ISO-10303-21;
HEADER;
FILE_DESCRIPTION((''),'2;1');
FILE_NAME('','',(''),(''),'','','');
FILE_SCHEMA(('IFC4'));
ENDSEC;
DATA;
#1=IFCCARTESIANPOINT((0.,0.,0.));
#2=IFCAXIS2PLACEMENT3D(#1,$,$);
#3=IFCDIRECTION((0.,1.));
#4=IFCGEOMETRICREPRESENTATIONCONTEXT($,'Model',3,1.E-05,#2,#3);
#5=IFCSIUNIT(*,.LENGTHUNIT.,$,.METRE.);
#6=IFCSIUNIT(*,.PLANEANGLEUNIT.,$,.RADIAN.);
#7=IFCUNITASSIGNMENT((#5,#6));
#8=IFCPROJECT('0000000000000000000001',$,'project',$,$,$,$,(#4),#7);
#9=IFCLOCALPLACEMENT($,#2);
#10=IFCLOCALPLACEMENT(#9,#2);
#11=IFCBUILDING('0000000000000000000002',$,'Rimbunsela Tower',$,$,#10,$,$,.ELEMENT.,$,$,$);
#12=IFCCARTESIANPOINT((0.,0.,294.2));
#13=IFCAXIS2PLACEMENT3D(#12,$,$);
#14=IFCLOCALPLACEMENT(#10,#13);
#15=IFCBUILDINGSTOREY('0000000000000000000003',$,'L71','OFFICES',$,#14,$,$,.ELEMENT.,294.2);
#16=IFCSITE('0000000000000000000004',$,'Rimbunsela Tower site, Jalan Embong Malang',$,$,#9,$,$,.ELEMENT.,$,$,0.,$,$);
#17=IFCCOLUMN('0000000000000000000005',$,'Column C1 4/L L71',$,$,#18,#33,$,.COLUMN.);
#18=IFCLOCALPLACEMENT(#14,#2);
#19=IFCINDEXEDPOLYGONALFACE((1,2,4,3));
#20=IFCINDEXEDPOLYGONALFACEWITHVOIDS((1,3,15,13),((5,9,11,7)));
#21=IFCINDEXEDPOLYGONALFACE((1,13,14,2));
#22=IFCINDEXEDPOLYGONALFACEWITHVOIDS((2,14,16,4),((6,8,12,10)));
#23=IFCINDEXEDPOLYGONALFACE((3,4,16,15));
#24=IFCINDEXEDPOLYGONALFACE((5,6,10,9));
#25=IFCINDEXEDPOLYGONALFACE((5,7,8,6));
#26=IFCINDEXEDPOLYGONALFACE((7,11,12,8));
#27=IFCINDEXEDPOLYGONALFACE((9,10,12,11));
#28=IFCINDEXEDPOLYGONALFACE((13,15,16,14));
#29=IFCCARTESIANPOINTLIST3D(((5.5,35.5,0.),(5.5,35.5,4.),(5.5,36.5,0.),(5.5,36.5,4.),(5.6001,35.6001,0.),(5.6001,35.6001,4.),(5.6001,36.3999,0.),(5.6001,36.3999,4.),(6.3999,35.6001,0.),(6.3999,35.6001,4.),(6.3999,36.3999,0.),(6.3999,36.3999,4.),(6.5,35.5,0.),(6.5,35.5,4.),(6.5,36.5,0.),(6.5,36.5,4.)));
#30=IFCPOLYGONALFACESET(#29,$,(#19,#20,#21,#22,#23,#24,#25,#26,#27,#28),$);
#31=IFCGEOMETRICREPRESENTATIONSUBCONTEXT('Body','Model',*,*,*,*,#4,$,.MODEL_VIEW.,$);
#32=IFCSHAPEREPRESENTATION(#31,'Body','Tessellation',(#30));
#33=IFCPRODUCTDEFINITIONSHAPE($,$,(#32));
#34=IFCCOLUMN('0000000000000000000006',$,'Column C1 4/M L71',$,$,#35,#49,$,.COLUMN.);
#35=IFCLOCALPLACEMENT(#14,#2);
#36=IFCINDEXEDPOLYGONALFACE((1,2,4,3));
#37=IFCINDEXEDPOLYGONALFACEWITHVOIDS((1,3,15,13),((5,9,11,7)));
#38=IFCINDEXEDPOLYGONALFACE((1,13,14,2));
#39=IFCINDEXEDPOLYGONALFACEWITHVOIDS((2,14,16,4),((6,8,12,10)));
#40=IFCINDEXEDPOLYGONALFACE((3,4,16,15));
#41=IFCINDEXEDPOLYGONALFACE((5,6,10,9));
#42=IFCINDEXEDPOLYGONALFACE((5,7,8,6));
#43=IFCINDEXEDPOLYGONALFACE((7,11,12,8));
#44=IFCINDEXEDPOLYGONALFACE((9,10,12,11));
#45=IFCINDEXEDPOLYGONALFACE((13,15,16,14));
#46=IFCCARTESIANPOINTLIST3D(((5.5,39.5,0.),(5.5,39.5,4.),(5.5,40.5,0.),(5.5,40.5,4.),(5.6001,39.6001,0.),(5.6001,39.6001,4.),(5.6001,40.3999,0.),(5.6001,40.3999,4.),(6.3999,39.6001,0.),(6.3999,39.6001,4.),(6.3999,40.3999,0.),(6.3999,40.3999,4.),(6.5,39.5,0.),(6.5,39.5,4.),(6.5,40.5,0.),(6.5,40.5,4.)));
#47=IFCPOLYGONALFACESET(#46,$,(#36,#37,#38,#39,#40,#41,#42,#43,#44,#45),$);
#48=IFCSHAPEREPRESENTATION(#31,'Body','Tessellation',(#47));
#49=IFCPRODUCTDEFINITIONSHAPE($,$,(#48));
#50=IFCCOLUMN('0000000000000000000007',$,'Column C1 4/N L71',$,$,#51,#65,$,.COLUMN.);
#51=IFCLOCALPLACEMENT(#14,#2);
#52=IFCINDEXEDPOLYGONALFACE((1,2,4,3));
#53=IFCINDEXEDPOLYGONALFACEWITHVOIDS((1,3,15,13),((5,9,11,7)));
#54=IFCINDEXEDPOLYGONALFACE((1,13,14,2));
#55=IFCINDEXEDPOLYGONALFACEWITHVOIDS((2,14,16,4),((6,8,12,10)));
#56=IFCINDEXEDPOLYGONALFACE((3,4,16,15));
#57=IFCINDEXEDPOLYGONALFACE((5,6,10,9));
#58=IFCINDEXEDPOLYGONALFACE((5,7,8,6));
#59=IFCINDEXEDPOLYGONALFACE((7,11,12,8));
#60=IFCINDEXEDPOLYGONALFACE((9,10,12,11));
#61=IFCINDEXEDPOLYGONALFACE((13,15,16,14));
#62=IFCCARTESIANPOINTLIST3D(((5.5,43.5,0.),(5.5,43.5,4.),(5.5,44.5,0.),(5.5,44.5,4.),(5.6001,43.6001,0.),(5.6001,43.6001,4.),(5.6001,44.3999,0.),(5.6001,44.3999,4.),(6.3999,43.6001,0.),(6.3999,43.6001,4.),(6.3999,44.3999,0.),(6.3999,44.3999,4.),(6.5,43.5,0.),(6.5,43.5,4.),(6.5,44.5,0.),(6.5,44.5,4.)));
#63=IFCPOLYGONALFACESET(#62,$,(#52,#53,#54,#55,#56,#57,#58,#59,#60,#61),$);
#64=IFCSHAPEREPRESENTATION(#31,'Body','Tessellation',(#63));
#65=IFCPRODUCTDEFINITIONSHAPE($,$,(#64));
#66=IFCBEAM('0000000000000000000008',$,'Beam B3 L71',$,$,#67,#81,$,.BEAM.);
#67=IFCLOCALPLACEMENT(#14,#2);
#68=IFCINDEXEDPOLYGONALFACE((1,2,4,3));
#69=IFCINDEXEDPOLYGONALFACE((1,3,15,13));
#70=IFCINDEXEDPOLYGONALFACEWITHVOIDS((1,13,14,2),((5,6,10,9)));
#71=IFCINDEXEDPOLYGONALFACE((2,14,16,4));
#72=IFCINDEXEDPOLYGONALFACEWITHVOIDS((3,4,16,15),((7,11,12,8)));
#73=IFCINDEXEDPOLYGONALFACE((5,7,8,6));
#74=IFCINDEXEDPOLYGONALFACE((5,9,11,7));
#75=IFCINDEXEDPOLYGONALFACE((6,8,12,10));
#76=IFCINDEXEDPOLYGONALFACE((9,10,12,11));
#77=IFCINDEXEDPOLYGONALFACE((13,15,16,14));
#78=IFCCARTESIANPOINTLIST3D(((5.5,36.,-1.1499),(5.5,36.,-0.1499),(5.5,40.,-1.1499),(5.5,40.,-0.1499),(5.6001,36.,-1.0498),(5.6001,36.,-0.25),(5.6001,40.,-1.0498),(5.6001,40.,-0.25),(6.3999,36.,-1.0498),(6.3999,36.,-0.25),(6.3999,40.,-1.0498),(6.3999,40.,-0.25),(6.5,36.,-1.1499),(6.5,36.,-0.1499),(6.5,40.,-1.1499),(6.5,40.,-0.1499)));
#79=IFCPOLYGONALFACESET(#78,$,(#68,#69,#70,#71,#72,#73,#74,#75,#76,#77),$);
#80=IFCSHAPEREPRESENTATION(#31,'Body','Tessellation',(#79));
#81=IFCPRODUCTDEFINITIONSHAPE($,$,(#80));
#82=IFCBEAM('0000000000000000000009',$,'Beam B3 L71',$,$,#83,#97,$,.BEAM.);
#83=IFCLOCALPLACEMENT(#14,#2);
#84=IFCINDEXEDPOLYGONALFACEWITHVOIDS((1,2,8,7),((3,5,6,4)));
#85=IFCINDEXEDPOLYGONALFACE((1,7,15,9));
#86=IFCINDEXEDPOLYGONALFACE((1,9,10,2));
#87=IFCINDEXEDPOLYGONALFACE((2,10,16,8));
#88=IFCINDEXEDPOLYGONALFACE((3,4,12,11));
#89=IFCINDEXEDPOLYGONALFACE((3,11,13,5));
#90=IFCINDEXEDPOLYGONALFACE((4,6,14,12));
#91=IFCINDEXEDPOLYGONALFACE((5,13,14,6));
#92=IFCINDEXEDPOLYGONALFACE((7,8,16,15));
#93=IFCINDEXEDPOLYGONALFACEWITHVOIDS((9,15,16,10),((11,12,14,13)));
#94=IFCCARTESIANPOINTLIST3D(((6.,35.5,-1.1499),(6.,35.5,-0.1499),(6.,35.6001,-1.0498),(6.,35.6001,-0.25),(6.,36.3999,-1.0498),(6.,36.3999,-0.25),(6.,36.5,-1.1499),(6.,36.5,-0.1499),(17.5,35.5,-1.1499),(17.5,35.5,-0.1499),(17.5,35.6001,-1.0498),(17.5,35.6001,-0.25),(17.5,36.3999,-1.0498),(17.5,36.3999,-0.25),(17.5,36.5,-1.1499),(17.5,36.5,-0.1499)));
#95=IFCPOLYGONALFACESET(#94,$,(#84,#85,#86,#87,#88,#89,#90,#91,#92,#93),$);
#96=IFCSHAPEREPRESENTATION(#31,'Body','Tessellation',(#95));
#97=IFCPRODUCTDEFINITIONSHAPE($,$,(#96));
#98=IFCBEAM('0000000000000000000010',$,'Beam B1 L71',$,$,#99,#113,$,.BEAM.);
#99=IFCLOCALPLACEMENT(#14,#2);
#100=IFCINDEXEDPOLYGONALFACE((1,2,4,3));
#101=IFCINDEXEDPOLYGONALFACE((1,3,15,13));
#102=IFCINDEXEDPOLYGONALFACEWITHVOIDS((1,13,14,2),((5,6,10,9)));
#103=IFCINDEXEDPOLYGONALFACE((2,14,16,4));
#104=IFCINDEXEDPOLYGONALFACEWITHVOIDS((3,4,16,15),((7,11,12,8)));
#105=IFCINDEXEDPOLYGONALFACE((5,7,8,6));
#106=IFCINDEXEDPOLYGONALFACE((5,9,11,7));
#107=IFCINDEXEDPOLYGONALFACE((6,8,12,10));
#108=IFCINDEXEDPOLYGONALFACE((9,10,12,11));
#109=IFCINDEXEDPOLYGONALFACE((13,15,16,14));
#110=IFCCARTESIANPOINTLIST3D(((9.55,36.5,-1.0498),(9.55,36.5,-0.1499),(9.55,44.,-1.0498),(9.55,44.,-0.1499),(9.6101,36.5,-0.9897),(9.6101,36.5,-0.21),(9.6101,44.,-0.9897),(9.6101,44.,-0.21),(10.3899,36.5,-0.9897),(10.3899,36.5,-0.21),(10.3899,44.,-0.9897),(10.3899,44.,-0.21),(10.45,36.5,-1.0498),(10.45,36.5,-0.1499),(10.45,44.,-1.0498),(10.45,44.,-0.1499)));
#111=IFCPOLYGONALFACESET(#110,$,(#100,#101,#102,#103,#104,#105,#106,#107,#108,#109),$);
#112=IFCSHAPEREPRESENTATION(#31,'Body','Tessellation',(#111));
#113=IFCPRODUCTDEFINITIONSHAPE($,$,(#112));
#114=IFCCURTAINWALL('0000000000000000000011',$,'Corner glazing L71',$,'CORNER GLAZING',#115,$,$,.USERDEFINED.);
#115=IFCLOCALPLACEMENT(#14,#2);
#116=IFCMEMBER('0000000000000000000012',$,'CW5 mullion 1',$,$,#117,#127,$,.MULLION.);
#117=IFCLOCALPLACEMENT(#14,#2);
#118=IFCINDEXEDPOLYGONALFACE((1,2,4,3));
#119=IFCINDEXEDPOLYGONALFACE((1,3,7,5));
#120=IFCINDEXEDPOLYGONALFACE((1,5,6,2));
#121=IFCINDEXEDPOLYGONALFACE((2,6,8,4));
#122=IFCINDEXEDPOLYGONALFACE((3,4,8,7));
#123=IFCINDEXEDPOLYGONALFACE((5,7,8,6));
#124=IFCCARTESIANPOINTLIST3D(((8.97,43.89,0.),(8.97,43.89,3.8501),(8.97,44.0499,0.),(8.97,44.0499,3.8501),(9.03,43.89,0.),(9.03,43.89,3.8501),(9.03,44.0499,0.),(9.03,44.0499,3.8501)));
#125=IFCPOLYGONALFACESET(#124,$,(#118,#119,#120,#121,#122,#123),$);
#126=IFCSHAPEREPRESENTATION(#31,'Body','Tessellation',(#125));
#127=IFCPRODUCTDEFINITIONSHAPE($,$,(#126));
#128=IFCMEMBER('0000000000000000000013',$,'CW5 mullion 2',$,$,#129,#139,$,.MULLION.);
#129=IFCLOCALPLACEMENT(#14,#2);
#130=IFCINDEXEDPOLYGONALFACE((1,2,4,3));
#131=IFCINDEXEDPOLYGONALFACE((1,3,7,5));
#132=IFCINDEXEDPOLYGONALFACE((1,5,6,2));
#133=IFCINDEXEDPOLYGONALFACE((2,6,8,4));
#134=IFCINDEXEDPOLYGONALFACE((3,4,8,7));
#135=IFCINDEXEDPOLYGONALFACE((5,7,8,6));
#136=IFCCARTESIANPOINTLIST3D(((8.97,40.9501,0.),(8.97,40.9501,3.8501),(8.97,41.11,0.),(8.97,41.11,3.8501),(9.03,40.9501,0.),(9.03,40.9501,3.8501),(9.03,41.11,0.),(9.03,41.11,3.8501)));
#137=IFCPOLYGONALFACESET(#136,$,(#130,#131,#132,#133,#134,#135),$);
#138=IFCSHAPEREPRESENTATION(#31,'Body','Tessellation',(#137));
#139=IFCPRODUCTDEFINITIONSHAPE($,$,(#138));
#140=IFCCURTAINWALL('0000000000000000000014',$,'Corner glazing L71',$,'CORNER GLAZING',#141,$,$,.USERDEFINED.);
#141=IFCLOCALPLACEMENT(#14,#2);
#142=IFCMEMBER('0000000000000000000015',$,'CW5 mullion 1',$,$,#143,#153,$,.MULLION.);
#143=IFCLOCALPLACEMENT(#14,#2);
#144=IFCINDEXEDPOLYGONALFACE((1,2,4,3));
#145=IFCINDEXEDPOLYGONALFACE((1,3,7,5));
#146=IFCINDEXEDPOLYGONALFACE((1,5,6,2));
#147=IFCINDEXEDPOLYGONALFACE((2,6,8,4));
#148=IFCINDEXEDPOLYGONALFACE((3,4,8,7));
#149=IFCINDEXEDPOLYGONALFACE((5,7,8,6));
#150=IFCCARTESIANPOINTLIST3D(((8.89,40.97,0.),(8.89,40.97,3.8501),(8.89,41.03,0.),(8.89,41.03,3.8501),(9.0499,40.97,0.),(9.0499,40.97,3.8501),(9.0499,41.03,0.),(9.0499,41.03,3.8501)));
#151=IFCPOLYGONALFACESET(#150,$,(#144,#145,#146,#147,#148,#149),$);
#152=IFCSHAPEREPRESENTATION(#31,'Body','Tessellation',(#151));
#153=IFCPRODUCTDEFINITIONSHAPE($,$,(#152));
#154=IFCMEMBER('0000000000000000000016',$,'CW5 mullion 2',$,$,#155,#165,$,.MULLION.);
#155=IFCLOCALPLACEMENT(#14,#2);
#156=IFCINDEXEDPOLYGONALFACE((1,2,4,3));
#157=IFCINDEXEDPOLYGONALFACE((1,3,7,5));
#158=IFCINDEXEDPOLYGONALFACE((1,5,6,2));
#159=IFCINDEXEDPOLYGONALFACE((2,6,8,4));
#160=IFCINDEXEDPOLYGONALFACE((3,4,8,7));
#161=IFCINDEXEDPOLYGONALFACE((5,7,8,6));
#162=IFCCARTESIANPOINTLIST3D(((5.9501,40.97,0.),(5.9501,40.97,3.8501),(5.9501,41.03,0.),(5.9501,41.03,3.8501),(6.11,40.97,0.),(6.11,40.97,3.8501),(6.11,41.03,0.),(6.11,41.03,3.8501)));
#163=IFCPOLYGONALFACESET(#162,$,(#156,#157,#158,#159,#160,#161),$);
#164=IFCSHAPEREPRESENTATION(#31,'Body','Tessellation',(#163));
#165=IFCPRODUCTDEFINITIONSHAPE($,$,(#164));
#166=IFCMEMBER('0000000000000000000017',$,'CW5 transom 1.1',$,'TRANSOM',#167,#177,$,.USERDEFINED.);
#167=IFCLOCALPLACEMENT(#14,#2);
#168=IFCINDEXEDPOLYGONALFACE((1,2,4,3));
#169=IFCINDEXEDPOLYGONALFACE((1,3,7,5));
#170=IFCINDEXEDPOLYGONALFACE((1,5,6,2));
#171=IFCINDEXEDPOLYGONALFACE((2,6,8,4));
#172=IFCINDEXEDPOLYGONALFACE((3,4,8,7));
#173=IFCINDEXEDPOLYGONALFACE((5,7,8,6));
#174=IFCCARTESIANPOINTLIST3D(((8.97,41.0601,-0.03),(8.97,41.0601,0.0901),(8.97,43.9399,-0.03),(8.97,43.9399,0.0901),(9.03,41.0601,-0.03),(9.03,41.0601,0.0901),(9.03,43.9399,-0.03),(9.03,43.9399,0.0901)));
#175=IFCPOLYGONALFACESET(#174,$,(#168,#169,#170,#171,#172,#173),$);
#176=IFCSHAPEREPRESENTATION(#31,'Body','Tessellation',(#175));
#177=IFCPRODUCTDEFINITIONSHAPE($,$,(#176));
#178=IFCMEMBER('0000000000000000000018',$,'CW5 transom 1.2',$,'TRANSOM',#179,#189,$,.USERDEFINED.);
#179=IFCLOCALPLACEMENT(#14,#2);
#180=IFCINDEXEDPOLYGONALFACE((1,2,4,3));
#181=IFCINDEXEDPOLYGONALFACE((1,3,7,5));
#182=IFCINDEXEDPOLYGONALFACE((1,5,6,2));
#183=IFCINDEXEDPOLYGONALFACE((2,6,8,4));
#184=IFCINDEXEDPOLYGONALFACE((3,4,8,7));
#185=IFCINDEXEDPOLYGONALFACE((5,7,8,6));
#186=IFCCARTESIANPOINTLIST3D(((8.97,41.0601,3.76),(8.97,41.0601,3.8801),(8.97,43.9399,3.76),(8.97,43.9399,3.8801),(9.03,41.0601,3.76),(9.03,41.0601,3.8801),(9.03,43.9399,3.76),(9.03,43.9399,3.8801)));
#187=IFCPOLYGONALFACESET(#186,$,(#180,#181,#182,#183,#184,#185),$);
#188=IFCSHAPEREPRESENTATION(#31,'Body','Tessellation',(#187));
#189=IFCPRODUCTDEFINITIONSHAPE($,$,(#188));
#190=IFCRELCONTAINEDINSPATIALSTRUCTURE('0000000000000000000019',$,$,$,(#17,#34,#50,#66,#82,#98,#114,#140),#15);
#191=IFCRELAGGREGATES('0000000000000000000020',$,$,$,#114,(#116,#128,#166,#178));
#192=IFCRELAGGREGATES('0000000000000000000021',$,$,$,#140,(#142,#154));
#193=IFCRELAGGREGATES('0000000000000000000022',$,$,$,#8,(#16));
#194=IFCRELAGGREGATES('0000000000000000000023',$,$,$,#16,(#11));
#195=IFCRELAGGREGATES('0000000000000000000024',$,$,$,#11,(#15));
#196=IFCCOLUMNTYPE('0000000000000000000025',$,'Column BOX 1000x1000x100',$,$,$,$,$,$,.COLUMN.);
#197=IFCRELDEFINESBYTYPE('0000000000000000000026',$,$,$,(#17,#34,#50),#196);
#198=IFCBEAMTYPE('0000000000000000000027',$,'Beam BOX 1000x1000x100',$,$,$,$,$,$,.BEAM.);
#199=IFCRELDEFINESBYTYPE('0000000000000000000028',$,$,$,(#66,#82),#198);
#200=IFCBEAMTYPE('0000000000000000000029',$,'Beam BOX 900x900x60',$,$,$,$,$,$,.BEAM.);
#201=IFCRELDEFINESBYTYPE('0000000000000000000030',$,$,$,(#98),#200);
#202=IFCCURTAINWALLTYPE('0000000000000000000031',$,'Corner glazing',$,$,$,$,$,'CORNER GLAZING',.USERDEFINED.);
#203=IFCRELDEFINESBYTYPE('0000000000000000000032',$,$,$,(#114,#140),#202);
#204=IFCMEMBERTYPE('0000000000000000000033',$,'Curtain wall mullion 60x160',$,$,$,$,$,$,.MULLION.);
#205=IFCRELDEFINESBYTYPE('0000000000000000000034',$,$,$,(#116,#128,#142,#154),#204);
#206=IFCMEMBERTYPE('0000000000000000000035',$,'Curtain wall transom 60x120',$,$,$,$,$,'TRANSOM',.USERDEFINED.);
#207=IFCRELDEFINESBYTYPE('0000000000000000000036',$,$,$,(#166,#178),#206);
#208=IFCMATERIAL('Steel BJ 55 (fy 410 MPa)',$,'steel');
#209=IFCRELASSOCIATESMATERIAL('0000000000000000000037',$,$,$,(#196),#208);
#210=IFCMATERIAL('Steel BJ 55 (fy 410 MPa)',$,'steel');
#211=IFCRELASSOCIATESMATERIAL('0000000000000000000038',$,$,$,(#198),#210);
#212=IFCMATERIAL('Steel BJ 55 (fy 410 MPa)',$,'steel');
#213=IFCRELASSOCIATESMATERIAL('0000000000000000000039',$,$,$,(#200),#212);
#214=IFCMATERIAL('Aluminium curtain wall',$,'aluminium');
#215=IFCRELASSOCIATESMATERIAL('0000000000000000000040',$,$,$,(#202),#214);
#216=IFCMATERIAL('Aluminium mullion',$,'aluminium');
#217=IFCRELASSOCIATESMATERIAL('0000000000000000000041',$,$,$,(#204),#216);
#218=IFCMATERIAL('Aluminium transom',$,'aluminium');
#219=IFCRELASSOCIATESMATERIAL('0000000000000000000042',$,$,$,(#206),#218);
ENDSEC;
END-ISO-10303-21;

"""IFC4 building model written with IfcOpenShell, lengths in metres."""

from ifc_helpers import new_model, si_unit, direction, frame, origin, origin_2d, place, context, subcontext, project, spatial, rectangle, hollow_rectangle, extrude, material, material_profile, profile_set, type_object, element, aggregate, save


model = new_model("IFC4")

# Units and contexts
model_context = context("Model", 3, precision=1e-05, world=origin(), true_north=direction((0.0, 1.0)))
body_context = subcontext(model_context, "Body", "Model", "MODEL_VIEW")
ifc_project = project(units=[si_unit("LENGTHUNIT", "METRE"), si_unit("PLANEANGLEUNIT", "RADIAN")], contexts=[model_context])

# Site, building, storey
site_placement = place(None, origin())
site = spatial("IfcSite", under=ifc_project, at=site_placement, Name="Rimbunsela Tower site, Jalan Embong Malang", CompositionType="ELEMENT", RefElevation=0.0)
building_placement = place(site_placement, origin())
building = spatial("IfcBuilding", under=site, at=building_placement, Name="Rimbunsela Tower", CompositionType="ELEMENT")
storey_placement = place(building_placement, frame((0.0, 0.0, 294.2)))
storey = spatial("IfcBuildingStorey", under=building, at=storey_placement, Name="L71", Description="OFFICES", CompositionType="ELEMENT", Elevation=294.2)

# Columns
ifc_material_1 = material(Name="Steel BJ 55 (fy 410 MPa)", Category="steel")
ifc_material_profile_1 = material_profile(ifc_material_1, hollow_rectangle(XDim=1.0, YDim=1.0, WallThickness=0.1001, at=origin_2d()), Name="BOX 1000x1000x100")
ifc_profile_set_1 = profile_set([ifc_material_profile_1], Name="Steel BJ 55 (fy 410 MPa)")
column_type = type_object("IfcColumnType", Name="Column BOX 1000x1000x100", PredefinedType="COLUMN", material=ifc_profile_set_1)
for number, where, z_axis, x_axis, name in (
    (1, (6.0, 36.0, 0.0), (0.0, 0.0, 1.0), (1.0, 0.0, 0.0), "Column C1 4/L L71"),
    (2, (6.0, 40.0, 0.0), (0.0, 0.0, 1.0), (1.0, 0.0, 0.0), "Column C1 4/M L71"),
    (3, (6.0, 44.0, 0.0), (0.0, 0.0, 1.0), (1.0, 0.0, 0.0), "Column C1 4/N L71"),
):
    element("IfcColumn", number, at=place(storey_placement, frame(where, z_axis=z_axis, x_axis=x_axis)), inside=storey, type_object=column_type, Name=name, PredefinedType="COLUMN", context=body_context, shape_type="SweptSolid", body=[
        extrude(hollow_rectangle(XDim=1.0, YDim=1.0, WallThickness=0.1001, at=origin_2d()), origin(), (0.0, 0.0, 1.0), 4.0),
    ])

# Beams
ifc_material_2 = material(Name="Steel BJ 55 (fy 410 MPa)", Category="steel")
ifc_material_profile_2 = material_profile(ifc_material_2, hollow_rectangle(XDim=1.0, YDim=1.0, WallThickness=0.1001, at=origin_2d()), Name="BOX 1000x1000x100")
ifc_profile_set_2 = profile_set([ifc_material_profile_2], Name="Steel BJ 55 (fy 410 MPa)")
beam_type_1 = type_object("IfcBeamType", Name="Beam BOX 1000x1000x100", PredefinedType="BEAM", material=ifc_profile_set_2)
beam_1_placement = place(storey_placement, frame((6.0, 36.0, -0.6499), z_axis=(0.0, 1.0, 0.0), x_axis=(-1.0, 0.0, 0.0)))
element("IfcBeam", 4, at=beam_1_placement, inside=storey, type_object=beam_type_1, Name="Beam B3 L71", PredefinedType="BEAM", context=body_context, shape_type="SweptSolid", body=[
    extrude(hollow_rectangle(XDim=1.0, YDim=1.0, WallThickness=0.1001, at=origin_2d()), origin(), (0.0, 0.0, 1.0), 4.0),
])
beam_2_placement = place(storey_placement, frame((6.0, 36.0, -0.6499), z_axis=(1.0, 0.0, 0.0), x_axis=(0.0, 1.0, 0.0)))
element("IfcBeam", 5, at=beam_2_placement, inside=storey, type_object=beam_type_1, Name="Beam B3 L71", PredefinedType="BEAM", context=body_context, shape_type="SweptSolid", body=[
    extrude(hollow_rectangle(XDim=1.0, YDim=1.0, WallThickness=0.1001, at=origin_2d()), origin(), (0.0, 0.0, 1.0), 11.5),
])
ifc_material_3 = material(Name="Steel BJ 55 (fy 410 MPa)", Category="steel")
ifc_material_profile_3 = material_profile(ifc_material_3, hollow_rectangle(XDim=0.8999, YDim=0.8999, WallThickness=0.0601, at=origin_2d()), Name="BOX 900x900x60")
ifc_profile_set_3 = profile_set([ifc_material_profile_3], Name="Steel BJ 55 (fy 410 MPa)")
beam_type_2 = type_object("IfcBeamType", Name="Beam BOX 900x900x60", PredefinedType="BEAM", material=ifc_profile_set_3)
beam_3_placement = place(storey_placement, frame((10.0, 36.5, -0.5999), z_axis=(0.0, 1.0, 0.0), x_axis=(-1.0, 0.0, 0.0)))
element("IfcBeam", 6, at=beam_3_placement, inside=storey, type_object=beam_type_2, Name="Beam B1 L71", PredefinedType="BEAM", context=body_context, shape_type="SweptSolid", body=[
    extrude(hollow_rectangle(XDim=0.8999, YDim=0.8999, WallThickness=0.0601, at=origin_2d()), origin(), (0.0, 0.0, 1.0), 7.5),
])

# Curtain walls, members
ifc_material_4 = material(Name="Aluminium curtain wall", Category="aluminium")
curtain_wall_type = type_object("IfcCurtainWallType", Name="Corner glazing", ElementType="CORNER GLAZING", PredefinedType="USERDEFINED", material=ifc_material_4)
curtain_wall_1_placement = place(storey_placement, origin())
curtain_wall_1 = element("IfcCurtainWall", 7, at=curtain_wall_1_placement, inside=storey, type_object=curtain_wall_type, Name="Corner glazing L71", ObjectType="CORNER GLAZING", PredefinedType="USERDEFINED")
ifc_material_5 = material(Name="Aluminium mullion", Category="aluminium")
ifc_material_profile_4 = material_profile(ifc_material_5, rectangle(XDim=0.0601, YDim=0.1599, at=origin_2d()), Name="Mullion 60x160")
ifc_profile_set_4 = profile_set([ifc_material_profile_4], Name="Aluminium mullion")
member_type_1 = type_object("IfcMemberType", Name="Curtain wall mullion 60x160", PredefinedType="MULLION", material=ifc_profile_set_4)
member_1_placement = place(storey_placement, frame((9.0, 43.97, 0.0), z_axis=(0.0, 0.0, 1.0), x_axis=(1.0, 0.0, 0.0)))
member_1 = element("IfcMember", 8, at=member_1_placement, type_object=member_type_1, Name="CW5 mullion 1", PredefinedType="MULLION", context=body_context, shape_type="SweptSolid", body=[
    extrude(rectangle(XDim=0.0601, YDim=0.1599, at=origin_2d()), origin(), (0.0, 0.0, 1.0), 3.8501),
])
member_2_placement = place(storey_placement, frame((9.0, 41.03, 0.0), z_axis=(0.0, 0.0, 1.0), x_axis=(1.0, 0.0, 0.0)))
member_2 = element("IfcMember", 9, at=member_2_placement, type_object=member_type_1, Name="CW5 mullion 2", PredefinedType="MULLION", context=body_context, shape_type="SweptSolid", body=[
    extrude(rectangle(XDim=0.0601, YDim=0.1599, at=origin_2d()), origin(), (0.0, 0.0, 1.0), 3.8501),
])
curtain_wall_2_placement = place(storey_placement, origin())
curtain_wall_2 = element("IfcCurtainWall", 10, at=curtain_wall_2_placement, inside=storey, type_object=curtain_wall_type, Name="Corner glazing L71", ObjectType="CORNER GLAZING", PredefinedType="USERDEFINED")
member_3_placement = place(storey_placement, frame((8.97, 41.0, 0.0), z_axis=(0.0, 0.0, 1.0), x_axis=(0.0, -1.0, 0.0)))
member_3 = element("IfcMember", 11, at=member_3_placement, type_object=member_type_1, Name="CW5 mullion 1", PredefinedType="MULLION", context=body_context, shape_type="SweptSolid", body=[
    extrude(rectangle(XDim=0.0601, YDim=0.1599, at=origin_2d()), origin(), (0.0, 0.0, 1.0), 3.8501),
])
member_4_placement = place(storey_placement, frame((6.03, 41.0, 0.0), z_axis=(0.0, 0.0, 1.0), x_axis=(0.0, -1.0, 0.0)))
member_4 = element("IfcMember", 12, at=member_4_placement, type_object=member_type_1, Name="CW5 mullion 2", PredefinedType="MULLION", context=body_context, shape_type="SweptSolid", body=[
    extrude(rectangle(XDim=0.0601, YDim=0.1599, at=origin_2d()), origin(), (0.0, 0.0, 1.0), 3.8501),
])

# Members
ifc_material_6 = material(Name="Aluminium transom", Category="aluminium")
ifc_material_profile_5 = material_profile(ifc_material_6, rectangle(XDim=0.0601, YDim=0.1201, at=origin_2d()), Name="Transom 60x120")
ifc_profile_set_5 = profile_set([ifc_material_profile_5], Name="Aluminium transom")
member_type_2 = type_object("IfcMemberType", Name="Curtain wall transom 60x120", ElementType="TRANSOM", PredefinedType="USERDEFINED", material=ifc_profile_set_5)
member_5_placement = place(storey_placement, frame((9.0, 43.9399, 0.03), z_axis=(0.0, -1.0, 0.0), x_axis=(1.0, 0.0, 0.0)))
member_5 = element("IfcMember", 13, at=member_5_placement, type_object=member_type_2, Name="CW5 transom 1.1", ObjectType="TRANSOM", PredefinedType="USERDEFINED", context=body_context, shape_type="SweptSolid", body=[
    extrude(rectangle(XDim=0.0601, YDim=0.1201, at=origin_2d()), origin(), (0.0, 0.0, 1.0), 2.8799),
])
member_6_placement = place(storey_placement, frame((9.0, 43.9399, 3.8201), z_axis=(0.0, -1.0, 0.0), x_axis=(1.0, 0.0, 0.0)))
member_6 = element("IfcMember", 14, at=member_6_placement, type_object=member_type_2, Name="CW5 transom 1.2", ObjectType="TRANSOM", PredefinedType="USERDEFINED", context=body_context, shape_type="SweptSolid", body=[
    extrude(rectangle(XDim=0.0601, YDim=0.1201, at=origin_2d()), origin(), (0.0, 0.0, 1.0), 2.8799),
])

aggregate(curtain_wall_1, [member_1, member_2, member_5, member_6])
aggregate(curtain_wall_2, [member_3, member_4])

save(model, "model.ifc")
